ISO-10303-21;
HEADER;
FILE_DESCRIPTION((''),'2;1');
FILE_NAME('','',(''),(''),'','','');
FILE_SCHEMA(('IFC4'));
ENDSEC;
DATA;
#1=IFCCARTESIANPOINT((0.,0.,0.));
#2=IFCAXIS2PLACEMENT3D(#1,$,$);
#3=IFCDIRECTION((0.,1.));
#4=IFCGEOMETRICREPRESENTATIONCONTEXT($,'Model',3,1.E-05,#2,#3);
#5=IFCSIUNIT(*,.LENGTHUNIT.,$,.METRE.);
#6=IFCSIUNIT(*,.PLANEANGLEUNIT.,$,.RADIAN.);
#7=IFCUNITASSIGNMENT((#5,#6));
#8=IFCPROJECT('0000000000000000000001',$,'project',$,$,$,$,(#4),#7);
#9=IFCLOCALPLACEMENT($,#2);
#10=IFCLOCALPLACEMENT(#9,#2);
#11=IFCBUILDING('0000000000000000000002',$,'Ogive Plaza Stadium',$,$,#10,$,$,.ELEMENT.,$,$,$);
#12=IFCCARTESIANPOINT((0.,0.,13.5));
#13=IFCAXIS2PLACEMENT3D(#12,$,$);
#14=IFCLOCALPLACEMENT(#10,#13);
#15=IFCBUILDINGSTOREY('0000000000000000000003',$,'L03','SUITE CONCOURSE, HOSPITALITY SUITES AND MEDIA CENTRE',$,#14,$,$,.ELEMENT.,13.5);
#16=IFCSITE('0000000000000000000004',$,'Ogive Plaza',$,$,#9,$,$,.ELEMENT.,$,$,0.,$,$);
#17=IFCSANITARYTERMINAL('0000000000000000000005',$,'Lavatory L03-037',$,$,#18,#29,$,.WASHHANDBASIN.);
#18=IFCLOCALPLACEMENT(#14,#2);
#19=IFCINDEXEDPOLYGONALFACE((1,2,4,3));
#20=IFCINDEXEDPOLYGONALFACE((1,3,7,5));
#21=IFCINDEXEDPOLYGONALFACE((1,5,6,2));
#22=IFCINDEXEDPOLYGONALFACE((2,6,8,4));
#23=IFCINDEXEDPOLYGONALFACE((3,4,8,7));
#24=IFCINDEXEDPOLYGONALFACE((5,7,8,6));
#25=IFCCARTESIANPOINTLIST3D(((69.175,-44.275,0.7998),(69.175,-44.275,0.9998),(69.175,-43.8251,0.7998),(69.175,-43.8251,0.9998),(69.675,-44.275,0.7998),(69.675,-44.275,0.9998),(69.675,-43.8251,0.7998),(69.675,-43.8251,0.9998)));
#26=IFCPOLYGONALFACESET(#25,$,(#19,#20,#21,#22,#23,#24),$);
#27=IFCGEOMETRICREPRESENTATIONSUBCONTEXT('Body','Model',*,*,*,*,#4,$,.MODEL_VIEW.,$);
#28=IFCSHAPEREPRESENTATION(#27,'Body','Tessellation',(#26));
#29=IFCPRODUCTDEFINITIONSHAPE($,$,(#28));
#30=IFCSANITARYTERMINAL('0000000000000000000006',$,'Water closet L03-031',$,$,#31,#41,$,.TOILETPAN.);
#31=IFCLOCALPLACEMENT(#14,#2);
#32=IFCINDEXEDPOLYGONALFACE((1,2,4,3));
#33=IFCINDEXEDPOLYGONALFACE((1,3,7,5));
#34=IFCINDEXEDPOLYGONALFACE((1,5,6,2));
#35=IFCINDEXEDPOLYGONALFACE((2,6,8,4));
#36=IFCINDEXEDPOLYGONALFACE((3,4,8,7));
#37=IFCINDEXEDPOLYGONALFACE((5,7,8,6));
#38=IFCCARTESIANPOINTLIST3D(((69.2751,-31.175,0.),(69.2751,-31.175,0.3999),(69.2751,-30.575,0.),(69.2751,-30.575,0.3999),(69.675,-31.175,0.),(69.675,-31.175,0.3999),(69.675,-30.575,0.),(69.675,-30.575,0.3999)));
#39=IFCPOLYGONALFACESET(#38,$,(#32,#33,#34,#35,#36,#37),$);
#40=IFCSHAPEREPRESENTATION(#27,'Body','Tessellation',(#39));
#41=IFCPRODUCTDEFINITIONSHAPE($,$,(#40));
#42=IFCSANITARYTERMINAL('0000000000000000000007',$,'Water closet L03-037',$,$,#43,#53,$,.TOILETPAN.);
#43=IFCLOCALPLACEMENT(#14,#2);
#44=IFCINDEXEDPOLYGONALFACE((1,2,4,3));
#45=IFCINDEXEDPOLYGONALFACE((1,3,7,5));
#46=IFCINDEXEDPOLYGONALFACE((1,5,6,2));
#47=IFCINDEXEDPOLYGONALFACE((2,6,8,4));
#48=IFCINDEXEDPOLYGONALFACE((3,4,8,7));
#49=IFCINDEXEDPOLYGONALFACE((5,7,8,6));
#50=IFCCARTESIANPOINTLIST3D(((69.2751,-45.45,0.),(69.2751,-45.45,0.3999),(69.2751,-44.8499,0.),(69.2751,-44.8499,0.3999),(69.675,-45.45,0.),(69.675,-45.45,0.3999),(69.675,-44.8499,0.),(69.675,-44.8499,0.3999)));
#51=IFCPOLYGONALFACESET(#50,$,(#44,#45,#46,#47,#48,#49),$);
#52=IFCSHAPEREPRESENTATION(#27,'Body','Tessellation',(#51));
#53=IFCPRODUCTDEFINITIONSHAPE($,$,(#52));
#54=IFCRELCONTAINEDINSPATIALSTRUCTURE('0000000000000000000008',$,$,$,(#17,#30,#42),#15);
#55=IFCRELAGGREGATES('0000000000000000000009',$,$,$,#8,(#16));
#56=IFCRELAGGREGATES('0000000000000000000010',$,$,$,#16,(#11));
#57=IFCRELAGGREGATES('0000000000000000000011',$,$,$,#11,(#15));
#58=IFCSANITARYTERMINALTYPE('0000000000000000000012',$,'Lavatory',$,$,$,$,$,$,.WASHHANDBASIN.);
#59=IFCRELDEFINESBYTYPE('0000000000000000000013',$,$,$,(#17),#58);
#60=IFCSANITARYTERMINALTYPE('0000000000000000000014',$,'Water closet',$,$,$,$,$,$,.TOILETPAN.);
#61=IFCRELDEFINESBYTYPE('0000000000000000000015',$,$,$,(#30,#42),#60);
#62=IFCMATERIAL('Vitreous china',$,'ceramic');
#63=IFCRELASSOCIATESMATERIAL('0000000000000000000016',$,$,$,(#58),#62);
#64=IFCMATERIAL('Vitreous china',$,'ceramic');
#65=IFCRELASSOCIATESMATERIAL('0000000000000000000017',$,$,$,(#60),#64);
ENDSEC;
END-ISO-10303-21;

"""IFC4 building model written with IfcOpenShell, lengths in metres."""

from ifc_helpers import new_model, si_unit, direction, frame, origin, origin_2d, place, context, subcontext, project, spatial, rectangle, extrude, material, type_object, element, save


model = new_model("IFC4")

# Units and contexts
model_context = context("Model", 3, precision=1e-05, world=origin(), true_north=direction((0.0, 1.0)))
body_context = subcontext(model_context, "Body", "Model", "MODEL_VIEW")
ifc_project = project(units=[si_unit("LENGTHUNIT", "METRE"), si_unit("PLANEANGLEUNIT", "RADIAN")], contexts=[model_context])

# Site, building, storey
site_placement = place(None, origin())
site = spatial("IfcSite", under=ifc_project, at=site_placement, Name="Ogive Plaza", CompositionType="ELEMENT", RefElevation=0.0)
building_placement = place(site_placement, origin())
building = spatial("IfcBuilding", under=site, at=building_placement, Name="Ogive Plaza Stadium", CompositionType="ELEMENT")
storey_placement = place(building_placement, frame((0.0, 0.0, 13.5)))
storey = spatial("IfcBuildingStorey", under=building, at=storey_placement, Name="L03", Description="SUITE CONCOURSE, HOSPITALITY SUITES AND MEDIA CENTRE", CompositionType="ELEMENT", Elevation=13.5)

# Sanitary terminals
ifc_material_1 = material(Name="Vitreous china", Category="ceramic")
sanitary_terminal_type_1 = type_object("IfcSanitaryTerminalType", Name="Lavatory", PredefinedType="WASHHANDBASIN", material=ifc_material_1)
for number, where, z_axis, x_axis, name in (
    (1, (69.425, -44.05, 0.7998), (0.0, 0.0, 1.0), (-1.0, 0.0, 0.0), "Lavatory L03-037"),
):
    element("IfcSanitaryTerminal", number, at=place(storey_placement, frame(where, z_axis=z_axis, x_axis=x_axis)), inside=storey, type_object=sanitary_terminal_type_1, Name=name, PredefinedType="WASHHANDBASIN", context=body_context, shape_type="SweptSolid", body=[
        extrude(rectangle(XDim=0.5, YDim=0.45, at=origin_2d()), origin(), (0.0, 0.0, 1.0), 0.2),
    ])
ifc_material_2 = material(Name="Vitreous china", Category="ceramic")
sanitary_terminal_type_2 = type_object("IfcSanitaryTerminalType", Name="Water closet", PredefinedType="TOILETPAN", material=ifc_material_2)
for number, where, z_axis, x_axis, name in (
    (2, (69.4751, -30.875, 0.0), (0.0, 0.0, 1.0), (-1.0, 0.0, 0.0), "Water closet L03-031"),
    (3, (69.4751, -45.1499, 0.0), (0.0, 0.0, 1.0), (-1.0, 0.0, 0.0), "Water closet L03-037"),
):
    element("IfcSanitaryTerminal", number, at=place(storey_placement, frame(where, z_axis=z_axis, x_axis=x_axis)), inside=storey, type_object=sanitary_terminal_type_2, Name=name, PredefinedType="TOILETPAN", context=body_context, shape_type="SweptSolid", body=[
        extrude(rectangle(XDim=0.3999, YDim=0.6001, at=origin_2d()), origin(), (0.0, 0.0, 1.0), 0.3999),
    ])

save(model, "model.ifc")
